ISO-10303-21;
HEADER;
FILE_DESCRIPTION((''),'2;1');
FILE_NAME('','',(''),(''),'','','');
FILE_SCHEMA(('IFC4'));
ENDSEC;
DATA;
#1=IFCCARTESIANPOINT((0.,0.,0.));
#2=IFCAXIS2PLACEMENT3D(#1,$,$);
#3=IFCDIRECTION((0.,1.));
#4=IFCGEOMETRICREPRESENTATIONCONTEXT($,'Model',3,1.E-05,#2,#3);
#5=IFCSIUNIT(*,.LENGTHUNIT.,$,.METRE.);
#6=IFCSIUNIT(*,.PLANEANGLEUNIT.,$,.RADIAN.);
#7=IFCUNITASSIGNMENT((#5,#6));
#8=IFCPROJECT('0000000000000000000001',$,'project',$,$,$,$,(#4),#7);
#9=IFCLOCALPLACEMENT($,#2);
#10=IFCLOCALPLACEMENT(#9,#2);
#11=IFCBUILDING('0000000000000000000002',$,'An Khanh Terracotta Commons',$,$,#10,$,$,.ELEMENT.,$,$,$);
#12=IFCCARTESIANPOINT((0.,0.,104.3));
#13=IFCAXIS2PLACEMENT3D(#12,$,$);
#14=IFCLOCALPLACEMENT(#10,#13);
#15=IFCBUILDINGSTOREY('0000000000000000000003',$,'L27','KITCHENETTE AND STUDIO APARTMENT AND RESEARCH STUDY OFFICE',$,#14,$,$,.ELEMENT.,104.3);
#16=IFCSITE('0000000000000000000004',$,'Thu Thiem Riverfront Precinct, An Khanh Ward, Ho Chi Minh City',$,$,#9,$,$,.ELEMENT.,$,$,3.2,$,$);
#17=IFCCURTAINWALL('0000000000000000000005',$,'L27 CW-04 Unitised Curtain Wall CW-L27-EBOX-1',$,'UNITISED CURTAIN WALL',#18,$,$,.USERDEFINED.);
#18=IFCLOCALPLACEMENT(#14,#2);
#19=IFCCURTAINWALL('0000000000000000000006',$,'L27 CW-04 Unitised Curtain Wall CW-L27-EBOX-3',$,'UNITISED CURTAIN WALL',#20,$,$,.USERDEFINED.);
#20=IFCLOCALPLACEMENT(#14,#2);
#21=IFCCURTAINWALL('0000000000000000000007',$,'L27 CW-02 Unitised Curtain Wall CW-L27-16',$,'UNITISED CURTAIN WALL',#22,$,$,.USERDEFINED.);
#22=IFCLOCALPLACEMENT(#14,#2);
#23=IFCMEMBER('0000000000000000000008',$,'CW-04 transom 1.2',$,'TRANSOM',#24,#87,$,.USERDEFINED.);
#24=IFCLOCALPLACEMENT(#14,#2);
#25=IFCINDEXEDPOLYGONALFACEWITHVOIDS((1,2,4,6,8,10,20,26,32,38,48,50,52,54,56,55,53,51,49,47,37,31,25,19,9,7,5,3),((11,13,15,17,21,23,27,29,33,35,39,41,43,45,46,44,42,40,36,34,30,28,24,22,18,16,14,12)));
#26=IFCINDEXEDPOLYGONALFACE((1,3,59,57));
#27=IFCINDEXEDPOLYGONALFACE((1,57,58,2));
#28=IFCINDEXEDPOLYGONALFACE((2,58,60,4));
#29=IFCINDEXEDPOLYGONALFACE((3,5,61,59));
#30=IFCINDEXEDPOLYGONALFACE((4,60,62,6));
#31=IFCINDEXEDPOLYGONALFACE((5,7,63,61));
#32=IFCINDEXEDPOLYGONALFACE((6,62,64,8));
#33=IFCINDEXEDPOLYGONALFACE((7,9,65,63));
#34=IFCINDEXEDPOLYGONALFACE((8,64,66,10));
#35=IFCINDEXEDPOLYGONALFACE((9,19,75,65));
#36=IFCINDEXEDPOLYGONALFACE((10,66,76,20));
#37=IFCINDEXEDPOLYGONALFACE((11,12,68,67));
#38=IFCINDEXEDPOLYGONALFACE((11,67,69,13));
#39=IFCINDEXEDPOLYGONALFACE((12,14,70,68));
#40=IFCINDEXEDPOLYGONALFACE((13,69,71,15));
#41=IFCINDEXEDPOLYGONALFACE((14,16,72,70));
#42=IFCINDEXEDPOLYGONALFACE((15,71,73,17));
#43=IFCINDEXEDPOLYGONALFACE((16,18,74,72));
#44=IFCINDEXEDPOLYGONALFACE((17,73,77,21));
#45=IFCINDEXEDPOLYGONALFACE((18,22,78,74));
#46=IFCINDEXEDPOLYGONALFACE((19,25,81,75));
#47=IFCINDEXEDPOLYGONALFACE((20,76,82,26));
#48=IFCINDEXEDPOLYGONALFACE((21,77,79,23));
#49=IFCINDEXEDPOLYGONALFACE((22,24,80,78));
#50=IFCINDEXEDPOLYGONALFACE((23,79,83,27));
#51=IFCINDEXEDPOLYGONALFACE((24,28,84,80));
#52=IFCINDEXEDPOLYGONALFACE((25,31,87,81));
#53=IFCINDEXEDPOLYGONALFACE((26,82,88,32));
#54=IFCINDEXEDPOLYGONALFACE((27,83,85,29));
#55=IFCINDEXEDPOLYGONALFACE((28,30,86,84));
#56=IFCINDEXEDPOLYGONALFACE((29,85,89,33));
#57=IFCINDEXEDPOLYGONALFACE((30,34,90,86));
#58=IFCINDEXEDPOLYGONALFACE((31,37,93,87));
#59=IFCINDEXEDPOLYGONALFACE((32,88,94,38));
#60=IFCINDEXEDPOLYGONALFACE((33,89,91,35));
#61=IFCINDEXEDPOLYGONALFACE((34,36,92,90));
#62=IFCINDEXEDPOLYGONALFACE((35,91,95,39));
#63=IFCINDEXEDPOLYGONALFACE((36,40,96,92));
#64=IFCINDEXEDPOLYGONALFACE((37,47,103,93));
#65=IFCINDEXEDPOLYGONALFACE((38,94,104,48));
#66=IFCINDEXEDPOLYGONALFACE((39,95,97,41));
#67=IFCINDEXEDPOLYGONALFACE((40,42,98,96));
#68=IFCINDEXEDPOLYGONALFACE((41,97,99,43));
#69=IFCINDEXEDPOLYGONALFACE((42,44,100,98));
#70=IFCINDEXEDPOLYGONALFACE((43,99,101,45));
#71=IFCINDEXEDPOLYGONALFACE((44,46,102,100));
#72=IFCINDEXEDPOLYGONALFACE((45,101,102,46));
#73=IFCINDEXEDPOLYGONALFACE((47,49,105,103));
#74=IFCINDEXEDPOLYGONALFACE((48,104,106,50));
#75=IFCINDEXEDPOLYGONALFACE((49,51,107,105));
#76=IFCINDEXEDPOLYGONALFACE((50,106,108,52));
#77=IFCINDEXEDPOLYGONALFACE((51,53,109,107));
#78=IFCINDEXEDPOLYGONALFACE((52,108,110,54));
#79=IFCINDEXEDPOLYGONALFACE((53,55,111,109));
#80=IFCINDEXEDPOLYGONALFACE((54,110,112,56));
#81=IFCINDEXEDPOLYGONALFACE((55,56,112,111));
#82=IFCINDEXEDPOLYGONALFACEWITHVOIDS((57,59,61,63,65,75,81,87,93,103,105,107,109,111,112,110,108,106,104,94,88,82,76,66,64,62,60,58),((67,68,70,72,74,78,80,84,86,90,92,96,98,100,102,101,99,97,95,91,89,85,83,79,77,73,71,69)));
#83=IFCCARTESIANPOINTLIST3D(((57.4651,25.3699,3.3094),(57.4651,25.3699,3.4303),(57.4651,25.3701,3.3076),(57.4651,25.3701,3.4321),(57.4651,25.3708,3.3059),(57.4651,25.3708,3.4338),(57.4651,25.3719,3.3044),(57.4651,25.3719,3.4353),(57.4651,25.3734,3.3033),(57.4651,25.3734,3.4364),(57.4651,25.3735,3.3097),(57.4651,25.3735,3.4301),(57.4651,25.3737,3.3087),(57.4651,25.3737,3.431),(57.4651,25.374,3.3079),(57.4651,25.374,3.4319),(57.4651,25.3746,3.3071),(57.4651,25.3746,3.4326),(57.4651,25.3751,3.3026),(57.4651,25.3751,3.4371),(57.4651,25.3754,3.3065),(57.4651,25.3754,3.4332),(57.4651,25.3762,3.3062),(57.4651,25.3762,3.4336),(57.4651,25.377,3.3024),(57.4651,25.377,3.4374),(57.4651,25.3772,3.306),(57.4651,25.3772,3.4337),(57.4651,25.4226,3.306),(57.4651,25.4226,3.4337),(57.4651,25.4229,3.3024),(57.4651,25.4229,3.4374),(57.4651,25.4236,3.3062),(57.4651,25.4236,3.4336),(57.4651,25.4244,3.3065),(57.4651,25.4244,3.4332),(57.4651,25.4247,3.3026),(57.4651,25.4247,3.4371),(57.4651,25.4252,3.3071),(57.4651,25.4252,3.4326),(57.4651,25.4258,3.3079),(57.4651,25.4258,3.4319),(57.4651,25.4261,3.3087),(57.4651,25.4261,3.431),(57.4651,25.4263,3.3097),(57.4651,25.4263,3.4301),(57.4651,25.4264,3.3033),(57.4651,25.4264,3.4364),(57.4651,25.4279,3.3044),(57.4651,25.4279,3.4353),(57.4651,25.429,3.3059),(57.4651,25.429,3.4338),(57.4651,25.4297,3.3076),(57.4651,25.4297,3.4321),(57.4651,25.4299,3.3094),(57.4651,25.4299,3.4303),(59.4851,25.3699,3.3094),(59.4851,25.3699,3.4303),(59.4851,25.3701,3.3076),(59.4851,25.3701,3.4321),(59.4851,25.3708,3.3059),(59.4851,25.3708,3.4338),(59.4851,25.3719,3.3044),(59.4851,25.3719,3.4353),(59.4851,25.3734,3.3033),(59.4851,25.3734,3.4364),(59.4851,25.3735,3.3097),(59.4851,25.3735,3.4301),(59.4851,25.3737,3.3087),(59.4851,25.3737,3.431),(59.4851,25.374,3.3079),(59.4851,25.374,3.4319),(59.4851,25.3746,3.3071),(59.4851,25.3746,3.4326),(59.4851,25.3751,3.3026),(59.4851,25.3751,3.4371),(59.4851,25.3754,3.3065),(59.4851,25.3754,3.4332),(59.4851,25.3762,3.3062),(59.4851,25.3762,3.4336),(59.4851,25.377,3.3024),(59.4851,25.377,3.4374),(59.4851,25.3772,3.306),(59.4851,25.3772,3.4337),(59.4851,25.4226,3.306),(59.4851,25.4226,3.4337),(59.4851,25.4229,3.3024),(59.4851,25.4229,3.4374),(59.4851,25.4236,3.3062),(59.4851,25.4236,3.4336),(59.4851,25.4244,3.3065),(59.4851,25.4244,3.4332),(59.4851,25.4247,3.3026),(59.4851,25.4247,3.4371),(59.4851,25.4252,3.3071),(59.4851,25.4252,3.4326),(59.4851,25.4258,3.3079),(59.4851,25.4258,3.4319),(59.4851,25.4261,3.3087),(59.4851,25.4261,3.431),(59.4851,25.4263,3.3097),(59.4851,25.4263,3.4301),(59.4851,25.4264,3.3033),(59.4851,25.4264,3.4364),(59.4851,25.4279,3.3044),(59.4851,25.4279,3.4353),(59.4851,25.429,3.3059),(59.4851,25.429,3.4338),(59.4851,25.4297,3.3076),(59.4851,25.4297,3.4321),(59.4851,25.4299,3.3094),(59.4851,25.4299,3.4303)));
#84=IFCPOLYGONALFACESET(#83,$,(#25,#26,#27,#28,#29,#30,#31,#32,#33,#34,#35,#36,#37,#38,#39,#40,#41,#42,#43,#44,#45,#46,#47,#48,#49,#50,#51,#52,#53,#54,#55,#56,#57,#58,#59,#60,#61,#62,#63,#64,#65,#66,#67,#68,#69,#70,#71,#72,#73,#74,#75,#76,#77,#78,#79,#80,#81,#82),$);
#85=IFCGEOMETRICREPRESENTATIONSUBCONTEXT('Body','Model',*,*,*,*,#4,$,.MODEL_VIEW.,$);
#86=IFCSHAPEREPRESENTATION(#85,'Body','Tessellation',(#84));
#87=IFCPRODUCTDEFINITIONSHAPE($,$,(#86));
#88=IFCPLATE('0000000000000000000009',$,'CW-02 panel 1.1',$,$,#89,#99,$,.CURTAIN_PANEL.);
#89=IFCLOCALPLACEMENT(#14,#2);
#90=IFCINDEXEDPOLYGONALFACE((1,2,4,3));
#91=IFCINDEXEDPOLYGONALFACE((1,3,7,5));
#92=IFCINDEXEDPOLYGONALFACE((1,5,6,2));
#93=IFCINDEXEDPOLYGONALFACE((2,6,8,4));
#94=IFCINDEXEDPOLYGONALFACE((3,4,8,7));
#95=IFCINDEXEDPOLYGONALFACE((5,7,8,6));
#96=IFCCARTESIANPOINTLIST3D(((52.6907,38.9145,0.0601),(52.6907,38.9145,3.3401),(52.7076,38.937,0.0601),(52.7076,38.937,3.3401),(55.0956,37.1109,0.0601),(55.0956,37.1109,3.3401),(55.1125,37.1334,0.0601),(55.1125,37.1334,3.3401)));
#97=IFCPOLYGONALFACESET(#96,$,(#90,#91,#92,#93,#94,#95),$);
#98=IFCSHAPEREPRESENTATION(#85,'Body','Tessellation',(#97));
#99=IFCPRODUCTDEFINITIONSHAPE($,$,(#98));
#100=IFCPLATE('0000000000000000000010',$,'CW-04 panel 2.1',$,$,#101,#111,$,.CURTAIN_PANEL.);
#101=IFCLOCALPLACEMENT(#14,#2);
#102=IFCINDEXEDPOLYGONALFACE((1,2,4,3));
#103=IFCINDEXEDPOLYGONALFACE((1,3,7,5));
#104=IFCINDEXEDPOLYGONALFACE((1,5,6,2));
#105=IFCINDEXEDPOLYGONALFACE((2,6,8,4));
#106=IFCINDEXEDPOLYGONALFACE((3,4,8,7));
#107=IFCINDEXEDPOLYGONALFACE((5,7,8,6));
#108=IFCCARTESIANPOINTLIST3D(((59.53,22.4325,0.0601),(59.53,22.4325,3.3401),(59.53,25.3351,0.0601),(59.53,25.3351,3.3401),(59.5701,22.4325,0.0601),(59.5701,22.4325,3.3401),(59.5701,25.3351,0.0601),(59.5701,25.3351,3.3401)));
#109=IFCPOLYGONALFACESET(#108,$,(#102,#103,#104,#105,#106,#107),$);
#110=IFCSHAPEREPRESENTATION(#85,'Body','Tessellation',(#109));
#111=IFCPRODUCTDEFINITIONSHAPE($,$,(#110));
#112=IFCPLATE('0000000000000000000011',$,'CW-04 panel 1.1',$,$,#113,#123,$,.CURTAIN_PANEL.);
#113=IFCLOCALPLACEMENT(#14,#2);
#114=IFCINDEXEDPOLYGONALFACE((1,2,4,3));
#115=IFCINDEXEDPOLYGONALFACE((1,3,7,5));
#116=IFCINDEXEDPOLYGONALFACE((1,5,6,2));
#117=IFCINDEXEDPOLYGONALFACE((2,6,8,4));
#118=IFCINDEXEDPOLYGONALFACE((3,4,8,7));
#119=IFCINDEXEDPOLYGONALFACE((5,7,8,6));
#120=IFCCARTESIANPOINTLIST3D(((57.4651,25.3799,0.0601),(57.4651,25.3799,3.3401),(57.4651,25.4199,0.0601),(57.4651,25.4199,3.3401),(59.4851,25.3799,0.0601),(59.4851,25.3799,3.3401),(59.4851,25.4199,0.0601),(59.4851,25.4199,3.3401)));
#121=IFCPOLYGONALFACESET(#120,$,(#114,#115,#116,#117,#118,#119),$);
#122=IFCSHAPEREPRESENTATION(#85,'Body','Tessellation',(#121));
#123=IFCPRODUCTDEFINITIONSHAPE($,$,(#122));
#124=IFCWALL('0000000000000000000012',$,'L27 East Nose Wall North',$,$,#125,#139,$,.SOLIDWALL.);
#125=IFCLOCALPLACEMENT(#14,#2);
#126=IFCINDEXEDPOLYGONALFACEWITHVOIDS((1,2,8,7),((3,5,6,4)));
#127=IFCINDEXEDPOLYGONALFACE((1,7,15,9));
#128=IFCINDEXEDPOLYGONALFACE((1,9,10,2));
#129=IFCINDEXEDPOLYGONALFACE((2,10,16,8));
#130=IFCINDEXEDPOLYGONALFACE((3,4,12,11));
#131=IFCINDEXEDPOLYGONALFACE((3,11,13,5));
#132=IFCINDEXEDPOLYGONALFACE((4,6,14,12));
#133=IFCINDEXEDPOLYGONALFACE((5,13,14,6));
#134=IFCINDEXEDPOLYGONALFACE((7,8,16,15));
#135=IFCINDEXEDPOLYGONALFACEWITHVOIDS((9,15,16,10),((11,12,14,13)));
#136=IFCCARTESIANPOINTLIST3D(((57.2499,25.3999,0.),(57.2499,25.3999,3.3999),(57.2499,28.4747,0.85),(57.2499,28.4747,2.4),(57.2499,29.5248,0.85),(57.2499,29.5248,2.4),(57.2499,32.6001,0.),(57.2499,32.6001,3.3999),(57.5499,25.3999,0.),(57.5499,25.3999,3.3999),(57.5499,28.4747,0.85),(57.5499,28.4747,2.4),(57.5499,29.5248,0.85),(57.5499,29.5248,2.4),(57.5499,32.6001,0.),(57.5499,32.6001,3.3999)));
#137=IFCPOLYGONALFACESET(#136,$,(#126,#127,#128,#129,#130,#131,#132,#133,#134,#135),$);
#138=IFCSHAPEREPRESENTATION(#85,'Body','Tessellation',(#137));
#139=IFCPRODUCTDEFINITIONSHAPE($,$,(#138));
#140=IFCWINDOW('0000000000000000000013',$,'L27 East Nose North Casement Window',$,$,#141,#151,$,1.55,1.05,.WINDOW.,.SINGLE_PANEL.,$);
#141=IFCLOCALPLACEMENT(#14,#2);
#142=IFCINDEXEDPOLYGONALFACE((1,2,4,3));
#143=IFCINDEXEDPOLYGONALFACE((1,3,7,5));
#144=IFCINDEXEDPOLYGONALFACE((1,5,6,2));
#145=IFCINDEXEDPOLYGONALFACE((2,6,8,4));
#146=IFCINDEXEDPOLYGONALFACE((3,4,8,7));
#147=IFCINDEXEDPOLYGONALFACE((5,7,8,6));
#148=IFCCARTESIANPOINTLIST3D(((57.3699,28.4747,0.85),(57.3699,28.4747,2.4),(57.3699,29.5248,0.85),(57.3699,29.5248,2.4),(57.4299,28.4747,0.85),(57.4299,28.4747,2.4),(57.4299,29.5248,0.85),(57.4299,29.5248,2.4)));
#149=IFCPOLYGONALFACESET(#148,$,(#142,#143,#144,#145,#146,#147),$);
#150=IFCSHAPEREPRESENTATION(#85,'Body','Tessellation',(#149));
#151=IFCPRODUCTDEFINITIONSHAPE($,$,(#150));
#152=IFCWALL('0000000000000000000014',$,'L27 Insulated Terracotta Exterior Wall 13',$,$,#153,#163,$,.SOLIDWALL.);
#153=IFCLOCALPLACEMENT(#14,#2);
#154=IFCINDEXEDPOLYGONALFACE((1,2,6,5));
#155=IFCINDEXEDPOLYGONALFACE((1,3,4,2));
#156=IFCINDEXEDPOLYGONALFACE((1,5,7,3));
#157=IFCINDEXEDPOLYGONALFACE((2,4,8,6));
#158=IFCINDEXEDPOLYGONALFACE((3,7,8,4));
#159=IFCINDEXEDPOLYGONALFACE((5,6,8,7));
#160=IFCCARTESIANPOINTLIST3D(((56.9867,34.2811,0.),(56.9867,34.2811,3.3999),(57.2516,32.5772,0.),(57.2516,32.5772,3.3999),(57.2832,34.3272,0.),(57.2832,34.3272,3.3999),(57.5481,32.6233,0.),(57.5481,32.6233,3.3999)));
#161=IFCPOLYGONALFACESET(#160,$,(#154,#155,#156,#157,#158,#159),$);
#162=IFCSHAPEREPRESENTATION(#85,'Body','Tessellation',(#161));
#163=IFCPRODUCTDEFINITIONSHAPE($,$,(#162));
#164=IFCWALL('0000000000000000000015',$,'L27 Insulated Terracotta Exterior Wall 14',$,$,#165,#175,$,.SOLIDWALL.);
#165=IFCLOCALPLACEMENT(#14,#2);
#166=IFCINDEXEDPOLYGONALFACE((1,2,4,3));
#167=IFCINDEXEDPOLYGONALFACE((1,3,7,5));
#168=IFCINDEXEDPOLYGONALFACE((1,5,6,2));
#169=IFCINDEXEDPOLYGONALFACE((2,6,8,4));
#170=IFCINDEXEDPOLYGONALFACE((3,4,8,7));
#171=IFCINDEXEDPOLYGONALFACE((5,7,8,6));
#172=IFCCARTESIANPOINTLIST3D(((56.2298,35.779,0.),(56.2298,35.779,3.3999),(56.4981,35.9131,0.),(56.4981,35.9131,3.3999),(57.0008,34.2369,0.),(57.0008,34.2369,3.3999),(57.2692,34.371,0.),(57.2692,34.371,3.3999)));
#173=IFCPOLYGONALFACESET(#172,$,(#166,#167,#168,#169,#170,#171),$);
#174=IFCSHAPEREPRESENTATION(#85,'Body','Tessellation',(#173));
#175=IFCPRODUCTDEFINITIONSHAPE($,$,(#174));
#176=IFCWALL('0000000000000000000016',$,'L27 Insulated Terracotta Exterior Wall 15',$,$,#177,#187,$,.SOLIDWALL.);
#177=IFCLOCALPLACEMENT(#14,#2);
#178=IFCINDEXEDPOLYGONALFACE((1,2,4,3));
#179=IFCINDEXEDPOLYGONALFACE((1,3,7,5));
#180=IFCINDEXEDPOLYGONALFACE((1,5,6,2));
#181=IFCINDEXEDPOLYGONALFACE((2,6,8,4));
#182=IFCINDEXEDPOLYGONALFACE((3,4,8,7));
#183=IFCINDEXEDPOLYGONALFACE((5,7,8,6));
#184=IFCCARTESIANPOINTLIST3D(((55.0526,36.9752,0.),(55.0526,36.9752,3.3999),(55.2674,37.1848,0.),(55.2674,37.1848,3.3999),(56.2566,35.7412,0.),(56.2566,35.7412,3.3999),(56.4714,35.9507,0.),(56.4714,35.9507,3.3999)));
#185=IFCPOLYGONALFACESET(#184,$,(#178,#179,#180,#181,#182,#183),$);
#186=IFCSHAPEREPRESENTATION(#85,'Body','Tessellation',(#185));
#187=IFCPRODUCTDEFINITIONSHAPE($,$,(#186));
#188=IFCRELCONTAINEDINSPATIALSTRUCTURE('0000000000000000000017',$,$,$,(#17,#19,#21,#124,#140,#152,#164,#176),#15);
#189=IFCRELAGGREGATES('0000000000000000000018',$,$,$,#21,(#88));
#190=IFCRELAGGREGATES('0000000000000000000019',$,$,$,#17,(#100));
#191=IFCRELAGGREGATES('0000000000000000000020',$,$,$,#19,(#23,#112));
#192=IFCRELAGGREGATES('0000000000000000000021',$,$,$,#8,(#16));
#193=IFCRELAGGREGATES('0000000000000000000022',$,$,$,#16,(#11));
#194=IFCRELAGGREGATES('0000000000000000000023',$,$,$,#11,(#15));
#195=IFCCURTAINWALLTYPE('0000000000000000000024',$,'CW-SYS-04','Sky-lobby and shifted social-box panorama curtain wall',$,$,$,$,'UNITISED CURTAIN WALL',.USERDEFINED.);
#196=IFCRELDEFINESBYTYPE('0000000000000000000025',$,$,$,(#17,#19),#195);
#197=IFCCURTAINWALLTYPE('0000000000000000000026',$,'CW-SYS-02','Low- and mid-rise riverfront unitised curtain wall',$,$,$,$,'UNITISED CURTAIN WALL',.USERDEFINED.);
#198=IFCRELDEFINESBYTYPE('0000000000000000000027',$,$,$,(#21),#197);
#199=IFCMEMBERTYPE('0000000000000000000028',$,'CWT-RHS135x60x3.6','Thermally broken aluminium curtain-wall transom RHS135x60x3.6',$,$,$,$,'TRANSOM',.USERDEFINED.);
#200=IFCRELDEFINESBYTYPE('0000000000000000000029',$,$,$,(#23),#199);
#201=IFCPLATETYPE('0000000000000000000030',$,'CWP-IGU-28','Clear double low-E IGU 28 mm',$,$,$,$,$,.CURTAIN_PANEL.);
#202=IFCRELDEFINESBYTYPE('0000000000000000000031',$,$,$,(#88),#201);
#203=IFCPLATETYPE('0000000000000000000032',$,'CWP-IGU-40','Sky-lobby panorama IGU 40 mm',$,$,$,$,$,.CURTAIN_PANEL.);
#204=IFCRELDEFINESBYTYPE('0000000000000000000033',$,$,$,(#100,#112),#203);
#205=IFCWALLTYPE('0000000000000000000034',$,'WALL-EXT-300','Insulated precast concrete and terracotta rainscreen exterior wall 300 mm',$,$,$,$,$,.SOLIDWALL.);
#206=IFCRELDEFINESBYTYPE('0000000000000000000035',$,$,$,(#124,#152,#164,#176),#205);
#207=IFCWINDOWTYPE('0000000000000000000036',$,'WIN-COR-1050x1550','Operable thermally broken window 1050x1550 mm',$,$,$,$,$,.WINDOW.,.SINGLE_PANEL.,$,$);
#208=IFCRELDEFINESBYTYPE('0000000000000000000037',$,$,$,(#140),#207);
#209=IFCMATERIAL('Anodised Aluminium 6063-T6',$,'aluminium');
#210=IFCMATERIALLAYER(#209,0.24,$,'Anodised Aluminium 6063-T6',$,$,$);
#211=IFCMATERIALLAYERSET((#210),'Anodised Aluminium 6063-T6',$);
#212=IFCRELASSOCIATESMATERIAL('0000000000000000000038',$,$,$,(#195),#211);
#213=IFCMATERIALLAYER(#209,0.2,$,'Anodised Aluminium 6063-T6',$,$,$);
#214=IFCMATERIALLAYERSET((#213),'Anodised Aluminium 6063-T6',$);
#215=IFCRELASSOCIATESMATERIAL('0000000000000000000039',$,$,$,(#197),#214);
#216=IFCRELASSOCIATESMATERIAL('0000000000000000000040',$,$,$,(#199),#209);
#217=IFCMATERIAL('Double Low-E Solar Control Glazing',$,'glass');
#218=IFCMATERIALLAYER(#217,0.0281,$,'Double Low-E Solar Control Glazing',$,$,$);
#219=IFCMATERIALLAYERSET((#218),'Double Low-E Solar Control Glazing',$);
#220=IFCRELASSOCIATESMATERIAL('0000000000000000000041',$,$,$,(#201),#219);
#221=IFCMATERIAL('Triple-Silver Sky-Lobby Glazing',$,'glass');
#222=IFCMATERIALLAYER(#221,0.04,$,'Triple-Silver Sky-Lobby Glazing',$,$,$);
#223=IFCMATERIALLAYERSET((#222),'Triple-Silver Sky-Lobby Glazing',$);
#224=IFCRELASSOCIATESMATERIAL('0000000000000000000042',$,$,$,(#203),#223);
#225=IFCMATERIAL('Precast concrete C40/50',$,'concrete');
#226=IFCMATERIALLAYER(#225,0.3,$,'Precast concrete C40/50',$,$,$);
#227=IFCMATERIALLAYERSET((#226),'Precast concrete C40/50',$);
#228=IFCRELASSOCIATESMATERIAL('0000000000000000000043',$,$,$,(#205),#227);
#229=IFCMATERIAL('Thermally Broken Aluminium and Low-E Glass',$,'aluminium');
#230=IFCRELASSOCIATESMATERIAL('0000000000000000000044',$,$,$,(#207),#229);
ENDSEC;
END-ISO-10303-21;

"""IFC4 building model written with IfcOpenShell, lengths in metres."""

from ifc_helpers import new_model, si_unit, direction, frame, frame_2d, origin, origin_2d, place, context, subcontext, project, spatial, rectangle, hollow_rectangle, extrude, material, layer, layer_set, material_profile, profile_set, type_object, element, fill, aggregate, save


model = new_model("IFC4")

# Units and contexts
model_context = context("Model", 3, precision=1e-05, world=origin(), true_north=direction((0.0, 1.0)))
body_context = subcontext(model_context, "Body", "Model", "MODEL_VIEW")
ifc_project = project(units=[si_unit("LENGTHUNIT", "METRE"), si_unit("PLANEANGLEUNIT", "RADIAN")], contexts=[model_context])

# Site, building, storey
site_placement = place(None, origin())
site = spatial("IfcSite", under=ifc_project, at=site_placement, Name="Thu Thiem Riverfront Precinct, An Khanh Ward, Ho Chi Minh City", CompositionType="ELEMENT", RefElevation=3.2)
building_placement = place(site_placement, origin())
building = spatial("IfcBuilding", under=site, at=building_placement, Name="An Khanh Terracotta Commons", CompositionType="ELEMENT")
storey_placement = place(building_placement, frame((0.0, 0.0, 104.3)))
storey = spatial("IfcBuildingStorey", under=building, at=storey_placement, Name="L27", Description="KITCHENETTE AND STUDIO APARTMENT AND RESEARCH STUDY OFFICE", CompositionType="ELEMENT", Elevation=104.3)

# Curtain wall
ifc_material_1 = material(Name="Anodised Aluminium 6063-T6", Category="aluminium")
ifc_layer_1 = layer(ifc_material_1, 0.24, Name="Anodised Aluminium 6063-T6")
ifc_layer_set_1 = layer_set([ifc_layer_1], Name="Anodised Aluminium 6063-T6")
curtain_wall_type_1 = type_object("IfcCurtainWallType", Name="CW-SYS-04", Description="Sky-lobby and shifted social-box panorama curtain wall", ElementType="UNITISED CURTAIN WALL", PredefinedType="USERDEFINED", material=ifc_layer_set_1)
curtain_wall_1_placement = place(storey_placement, origin())
curtain_wall_1 = element("IfcCurtainWall", 1, at=curtain_wall_1_placement, inside=storey, type_object=curtain_wall_type_1, Name="L27 CW-04 Unitised Curtain Wall CW-L27-EBOX-1", ObjectType="UNITISED CURTAIN WALL", PredefinedType="USERDEFINED")

# Curtain walls
curtain_wall_2_placement = place(storey_placement, origin())
curtain_wall_2 = element("IfcCurtainWall", 2, at=curtain_wall_2_placement, inside=storey, type_object=curtain_wall_type_1, Name="L27 CW-04 Unitised Curtain Wall CW-L27-EBOX-3", ObjectType="UNITISED CURTAIN WALL", PredefinedType="USERDEFINED")
ifc_layer_2 = layer(ifc_material_1, 0.2, Name="Anodised Aluminium 6063-T6")
ifc_layer_set_2 = layer_set([ifc_layer_2], Name="Anodised Aluminium 6063-T6")
curtain_wall_type_2 = type_object("IfcCurtainWallType", Name="CW-SYS-02", Description="Low- and mid-rise riverfront unitised curtain wall", ElementType="UNITISED CURTAIN WALL", PredefinedType="USERDEFINED", material=ifc_layer_set_2)
curtain_wall_3_placement = place(storey_placement, origin())
curtain_wall_3 = element("IfcCurtainWall", 3, at=curtain_wall_3_placement, inside=storey, type_object=curtain_wall_type_2, Name="L27 CW-02 Unitised Curtain Wall CW-L27-16", ObjectType="UNITISED CURTAIN WALL", PredefinedType="USERDEFINED")

# Member
ifc_material_profile_1 = material_profile(ifc_material_1, hollow_rectangle(XDim=0.0601, YDim=0.135, WallThickness=0.0037, InnerFilletRadius=0.0037, OuterFilletRadius=0.0071, at=origin_2d()), Name="RHS135x60x3.6")
ifc_profile_set_1 = profile_set([ifc_material_profile_1], Name="Anodised Aluminium 6063-T6")
member_type_1 = type_object("IfcMemberType", Name="CWT-RHS135x60x3.6", Description="Thermally broken aluminium curtain-wall transom RHS135x60x3.6", ElementType="TRANSOM", PredefinedType="USERDEFINED", material=ifc_profile_set_1)
member_1_placement = place(storey_placement, frame((59.4851, 25.3999, 3.3699), z_axis=(-1.0, 0.0, 0.0), x_axis=(0.0, -1.0, 0.0)))
member_1 = element("IfcMember", 4, at=member_1_placement, type_object=member_type_1, Name="CW-04 transom 1.2", ObjectType="TRANSOM", PredefinedType="USERDEFINED", context=body_context, shape_type="SweptSolid", body=[
    extrude(hollow_rectangle(XDim=0.0601, YDim=0.135, WallThickness=0.0037, InnerFilletRadius=0.0037, OuterFilletRadius=0.0071, at=origin_2d()), origin(), (0.0, 0.0, 1.0), 2.02),
])

# Plates
ifc_material_2 = material(Name="Double Low-E Solar Control Glazing", Category="glass")
ifc_layer_3 = layer(ifc_material_2, 0.0281, Name="Double Low-E Solar Control Glazing")
ifc_layer_set_3 = layer_set([ifc_layer_3], Name="Double Low-E Solar Control Glazing")
plate_type_1 = type_object("IfcPlateType", Name="CWP-IGU-28", Description="Clear double low-E IGU 28 mm", PredefinedType="CURTAIN_PANEL", material=ifc_layer_set_3)
plate_1_placement = place(storey_placement, frame((53.9016, 38.0239, 0.0601), z_axis=(0.0, 0.0, 1.0), x_axis=(-0.800013, 0.599983, 0.0)))
plate_1 = element("IfcPlate", 5, at=plate_1_placement, type_object=plate_type_1, Name="CW-02 panel 1.1", PredefinedType="CURTAIN_PANEL", context=body_context, shape_type="SweptSolid", body=[
    extrude(rectangle(XDim=3.0061, YDim=0.0281, at=origin_2d()), origin(), (0.0, 0.0, 1.0), 3.28),
])
aggregate(curtain_wall_3, [plate_1])
ifc_material_3 = material(Name="Triple-Silver Sky-Lobby Glazing", Category="glass")
ifc_layer_4 = layer(ifc_material_3, 0.04, Name="Triple-Silver Sky-Lobby Glazing")
ifc_layer_set_4 = layer_set([ifc_layer_4], Name="Triple-Silver Sky-Lobby Glazing")
plate_type_2 = type_object("IfcPlateType", Name="CWP-IGU-40", Description="Sky-lobby panorama IGU 40 mm", PredefinedType="CURTAIN_PANEL", material=ifc_layer_set_4)
plate_2_placement = place(storey_placement, frame((59.55, 23.8838, 0.0601), z_axis=(0.0, 0.0, 1.0), x_axis=(0.0, 1.0, 0.0)))
plate_2 = element("IfcPlate", 6, at=plate_2_placement, type_object=plate_type_2, Name="CW-04 panel 2.1", PredefinedType="CURTAIN_PANEL", context=body_context, shape_type="SweptSolid", body=[
    extrude(rectangle(XDim=2.9026, YDim=0.04, at=origin_2d()), origin(), (0.0, 0.0, 1.0), 3.28),
])
aggregate(curtain_wall_1, [plate_2])
plate_3_placement = place(storey_placement, frame((58.4751, 25.3999, 0.0601), z_axis=(0.0, 0.0, 1.0), x_axis=(-1.0, 0.0, 0.0)))
plate_3 = element("IfcPlate", 7, at=plate_3_placement, type_object=plate_type_2, Name="CW-04 panel 1.1", PredefinedType="CURTAIN_PANEL", context=body_context, shape_type="SweptSolid", body=[
    extrude(rectangle(XDim=2.02, YDim=0.04, at=origin_2d()), origin(), (0.0, 0.0, 1.0), 3.28),
])
aggregate(curtain_wall_2, [member_1, plate_3])

# Wall, opening, window
ifc_material_4 = material(Name="Precast concrete C40/50", Category="concrete")
ifc_layer_5 = layer(ifc_material_4, 0.3, Name="Precast concrete C40/50")
ifc_layer_set_5 = layer_set([ifc_layer_5], Name="Precast concrete C40/50")
wall_type_1 = type_object("IfcWallType", Name="WALL-EXT-300", Description="Insulated precast concrete and terracotta rainscreen exterior wall 300 mm", PredefinedType="SOLIDWALL", material=ifc_layer_set_5)
wall_1_placement = place(storey_placement, frame((57.3999, 25.3999, 0.0), z_axis=(0.0, 0.0, 1.0), x_axis=(0.0, 1.0, 0.0)))
wall_1 = element("IfcWall", 8, at=wall_1_placement, inside=storey, type_object=wall_type_1, Name="L27 East Nose Wall North", PredefinedType="SOLIDWALL", context=body_context, shape_type="SweptSolid", body=[
    extrude(rectangle(XDim=7.2002, YDim=0.3, at=frame_2d((3.6001, 0.0))), origin(), (0.0, 0.0, 1.0), 3.3999),
])
opening_1_placement = place(wall_1_placement, frame((3.075, 0.0, 0.8501)))
opening_1 = element("IfcOpeningElement", 9, at=opening_1_placement, cuts=wall_1, PredefinedType="OPENING", context=body_context, shape_type="SweptSolid", body=[
    extrude(rectangle(XDim=1.05, YDim=1.55, at=frame_2d((0.5249, 0.7749))), frame((0.0, 0.1599, 0.0), z_axis=(0.0, -1.0, 0.0), x_axis=(1.0, 0.0, 0.0)), (0.0, 0.0, 1.0), 0.3201),
])
ifc_material_5 = material(Name="Thermally Broken Aluminium and Low-E Glass", Category="aluminium")
window_type = type_object("IfcWindowType", Name="WIN-COR-1050x1550", Description="Operable thermally broken window 1050x1550 mm", PartitioningType="SINGLE_PANEL", PredefinedType="WINDOW", material=ifc_material_5)
window_placement = place(opening_1_placement, origin())
window = element("IfcWindow", 10, at=window_placement, inside=storey, type_object=window_type, Name="L27 East Nose North Casement Window", OverallHeight=1.55, OverallWidth=1.05, PartitioningType="SINGLE_PANEL", PredefinedType="WINDOW", context=body_context, shape_type="SweptSolid", body=[
    extrude(rectangle(XDim=1.05, YDim=1.55, at=frame_2d((0.5249, 0.7749))), frame((0.0, 0.03, 0.0), z_axis=(0.0, -1.0, 0.0), x_axis=(1.0, 0.0, 0.0)), (0.0, 0.0, 1.0), 0.0601),
])
fill(opening_1, window)

# Walls
wall_2_placement = place(storey_placement, frame((57.3999, 32.6001, 0.0), z_axis=(0.0, 0.0, 1.0), x_axis=(-0.153621, 0.98813, 0.0)))
element("IfcWall", 11, at=wall_2_placement, inside=storey, type_object=wall_type_1, Name="L27 Insulated Terracotta Exterior Wall 13", PredefinedType="SOLIDWALL", context=body_context, shape_type="SweptSolid", body=[
    extrude(rectangle(XDim=1.7244, YDim=0.3, at=frame_2d((0.8623, 0.0))), origin(), (0.0, 0.0, 1.0), 3.3999),
])
for number, where, z_axis, x_axis, name in (
    (12, (57.135, 34.304, 0.0), (0.0, 0.0, 1.0), (-0.447214, 0.894427, 0.0), "L27 Insulated Terracotta Exterior Wall 14"),
    (13, (56.364, 35.8459, 0.0), (0.0, 0.0, 1.0), (-0.698345, 0.715761, 0.0), "L27 Insulated Terracotta Exterior Wall 15"),
):
    element("IfcWall", number, at=place(storey_placement, frame(where, z_axis=z_axis, x_axis=x_axis)), inside=storey, type_object=wall_type_1, Name=name, PredefinedType="SOLIDWALL", context=body_context, shape_type="SweptSolid", body=[
        extrude(rectangle(XDim=1.7241, YDim=0.3, at=frame_2d((0.8621, 0.0))), origin(), (0.0, 0.0, 1.0), 3.3999),
    ])

save(model, "model.ifc")
